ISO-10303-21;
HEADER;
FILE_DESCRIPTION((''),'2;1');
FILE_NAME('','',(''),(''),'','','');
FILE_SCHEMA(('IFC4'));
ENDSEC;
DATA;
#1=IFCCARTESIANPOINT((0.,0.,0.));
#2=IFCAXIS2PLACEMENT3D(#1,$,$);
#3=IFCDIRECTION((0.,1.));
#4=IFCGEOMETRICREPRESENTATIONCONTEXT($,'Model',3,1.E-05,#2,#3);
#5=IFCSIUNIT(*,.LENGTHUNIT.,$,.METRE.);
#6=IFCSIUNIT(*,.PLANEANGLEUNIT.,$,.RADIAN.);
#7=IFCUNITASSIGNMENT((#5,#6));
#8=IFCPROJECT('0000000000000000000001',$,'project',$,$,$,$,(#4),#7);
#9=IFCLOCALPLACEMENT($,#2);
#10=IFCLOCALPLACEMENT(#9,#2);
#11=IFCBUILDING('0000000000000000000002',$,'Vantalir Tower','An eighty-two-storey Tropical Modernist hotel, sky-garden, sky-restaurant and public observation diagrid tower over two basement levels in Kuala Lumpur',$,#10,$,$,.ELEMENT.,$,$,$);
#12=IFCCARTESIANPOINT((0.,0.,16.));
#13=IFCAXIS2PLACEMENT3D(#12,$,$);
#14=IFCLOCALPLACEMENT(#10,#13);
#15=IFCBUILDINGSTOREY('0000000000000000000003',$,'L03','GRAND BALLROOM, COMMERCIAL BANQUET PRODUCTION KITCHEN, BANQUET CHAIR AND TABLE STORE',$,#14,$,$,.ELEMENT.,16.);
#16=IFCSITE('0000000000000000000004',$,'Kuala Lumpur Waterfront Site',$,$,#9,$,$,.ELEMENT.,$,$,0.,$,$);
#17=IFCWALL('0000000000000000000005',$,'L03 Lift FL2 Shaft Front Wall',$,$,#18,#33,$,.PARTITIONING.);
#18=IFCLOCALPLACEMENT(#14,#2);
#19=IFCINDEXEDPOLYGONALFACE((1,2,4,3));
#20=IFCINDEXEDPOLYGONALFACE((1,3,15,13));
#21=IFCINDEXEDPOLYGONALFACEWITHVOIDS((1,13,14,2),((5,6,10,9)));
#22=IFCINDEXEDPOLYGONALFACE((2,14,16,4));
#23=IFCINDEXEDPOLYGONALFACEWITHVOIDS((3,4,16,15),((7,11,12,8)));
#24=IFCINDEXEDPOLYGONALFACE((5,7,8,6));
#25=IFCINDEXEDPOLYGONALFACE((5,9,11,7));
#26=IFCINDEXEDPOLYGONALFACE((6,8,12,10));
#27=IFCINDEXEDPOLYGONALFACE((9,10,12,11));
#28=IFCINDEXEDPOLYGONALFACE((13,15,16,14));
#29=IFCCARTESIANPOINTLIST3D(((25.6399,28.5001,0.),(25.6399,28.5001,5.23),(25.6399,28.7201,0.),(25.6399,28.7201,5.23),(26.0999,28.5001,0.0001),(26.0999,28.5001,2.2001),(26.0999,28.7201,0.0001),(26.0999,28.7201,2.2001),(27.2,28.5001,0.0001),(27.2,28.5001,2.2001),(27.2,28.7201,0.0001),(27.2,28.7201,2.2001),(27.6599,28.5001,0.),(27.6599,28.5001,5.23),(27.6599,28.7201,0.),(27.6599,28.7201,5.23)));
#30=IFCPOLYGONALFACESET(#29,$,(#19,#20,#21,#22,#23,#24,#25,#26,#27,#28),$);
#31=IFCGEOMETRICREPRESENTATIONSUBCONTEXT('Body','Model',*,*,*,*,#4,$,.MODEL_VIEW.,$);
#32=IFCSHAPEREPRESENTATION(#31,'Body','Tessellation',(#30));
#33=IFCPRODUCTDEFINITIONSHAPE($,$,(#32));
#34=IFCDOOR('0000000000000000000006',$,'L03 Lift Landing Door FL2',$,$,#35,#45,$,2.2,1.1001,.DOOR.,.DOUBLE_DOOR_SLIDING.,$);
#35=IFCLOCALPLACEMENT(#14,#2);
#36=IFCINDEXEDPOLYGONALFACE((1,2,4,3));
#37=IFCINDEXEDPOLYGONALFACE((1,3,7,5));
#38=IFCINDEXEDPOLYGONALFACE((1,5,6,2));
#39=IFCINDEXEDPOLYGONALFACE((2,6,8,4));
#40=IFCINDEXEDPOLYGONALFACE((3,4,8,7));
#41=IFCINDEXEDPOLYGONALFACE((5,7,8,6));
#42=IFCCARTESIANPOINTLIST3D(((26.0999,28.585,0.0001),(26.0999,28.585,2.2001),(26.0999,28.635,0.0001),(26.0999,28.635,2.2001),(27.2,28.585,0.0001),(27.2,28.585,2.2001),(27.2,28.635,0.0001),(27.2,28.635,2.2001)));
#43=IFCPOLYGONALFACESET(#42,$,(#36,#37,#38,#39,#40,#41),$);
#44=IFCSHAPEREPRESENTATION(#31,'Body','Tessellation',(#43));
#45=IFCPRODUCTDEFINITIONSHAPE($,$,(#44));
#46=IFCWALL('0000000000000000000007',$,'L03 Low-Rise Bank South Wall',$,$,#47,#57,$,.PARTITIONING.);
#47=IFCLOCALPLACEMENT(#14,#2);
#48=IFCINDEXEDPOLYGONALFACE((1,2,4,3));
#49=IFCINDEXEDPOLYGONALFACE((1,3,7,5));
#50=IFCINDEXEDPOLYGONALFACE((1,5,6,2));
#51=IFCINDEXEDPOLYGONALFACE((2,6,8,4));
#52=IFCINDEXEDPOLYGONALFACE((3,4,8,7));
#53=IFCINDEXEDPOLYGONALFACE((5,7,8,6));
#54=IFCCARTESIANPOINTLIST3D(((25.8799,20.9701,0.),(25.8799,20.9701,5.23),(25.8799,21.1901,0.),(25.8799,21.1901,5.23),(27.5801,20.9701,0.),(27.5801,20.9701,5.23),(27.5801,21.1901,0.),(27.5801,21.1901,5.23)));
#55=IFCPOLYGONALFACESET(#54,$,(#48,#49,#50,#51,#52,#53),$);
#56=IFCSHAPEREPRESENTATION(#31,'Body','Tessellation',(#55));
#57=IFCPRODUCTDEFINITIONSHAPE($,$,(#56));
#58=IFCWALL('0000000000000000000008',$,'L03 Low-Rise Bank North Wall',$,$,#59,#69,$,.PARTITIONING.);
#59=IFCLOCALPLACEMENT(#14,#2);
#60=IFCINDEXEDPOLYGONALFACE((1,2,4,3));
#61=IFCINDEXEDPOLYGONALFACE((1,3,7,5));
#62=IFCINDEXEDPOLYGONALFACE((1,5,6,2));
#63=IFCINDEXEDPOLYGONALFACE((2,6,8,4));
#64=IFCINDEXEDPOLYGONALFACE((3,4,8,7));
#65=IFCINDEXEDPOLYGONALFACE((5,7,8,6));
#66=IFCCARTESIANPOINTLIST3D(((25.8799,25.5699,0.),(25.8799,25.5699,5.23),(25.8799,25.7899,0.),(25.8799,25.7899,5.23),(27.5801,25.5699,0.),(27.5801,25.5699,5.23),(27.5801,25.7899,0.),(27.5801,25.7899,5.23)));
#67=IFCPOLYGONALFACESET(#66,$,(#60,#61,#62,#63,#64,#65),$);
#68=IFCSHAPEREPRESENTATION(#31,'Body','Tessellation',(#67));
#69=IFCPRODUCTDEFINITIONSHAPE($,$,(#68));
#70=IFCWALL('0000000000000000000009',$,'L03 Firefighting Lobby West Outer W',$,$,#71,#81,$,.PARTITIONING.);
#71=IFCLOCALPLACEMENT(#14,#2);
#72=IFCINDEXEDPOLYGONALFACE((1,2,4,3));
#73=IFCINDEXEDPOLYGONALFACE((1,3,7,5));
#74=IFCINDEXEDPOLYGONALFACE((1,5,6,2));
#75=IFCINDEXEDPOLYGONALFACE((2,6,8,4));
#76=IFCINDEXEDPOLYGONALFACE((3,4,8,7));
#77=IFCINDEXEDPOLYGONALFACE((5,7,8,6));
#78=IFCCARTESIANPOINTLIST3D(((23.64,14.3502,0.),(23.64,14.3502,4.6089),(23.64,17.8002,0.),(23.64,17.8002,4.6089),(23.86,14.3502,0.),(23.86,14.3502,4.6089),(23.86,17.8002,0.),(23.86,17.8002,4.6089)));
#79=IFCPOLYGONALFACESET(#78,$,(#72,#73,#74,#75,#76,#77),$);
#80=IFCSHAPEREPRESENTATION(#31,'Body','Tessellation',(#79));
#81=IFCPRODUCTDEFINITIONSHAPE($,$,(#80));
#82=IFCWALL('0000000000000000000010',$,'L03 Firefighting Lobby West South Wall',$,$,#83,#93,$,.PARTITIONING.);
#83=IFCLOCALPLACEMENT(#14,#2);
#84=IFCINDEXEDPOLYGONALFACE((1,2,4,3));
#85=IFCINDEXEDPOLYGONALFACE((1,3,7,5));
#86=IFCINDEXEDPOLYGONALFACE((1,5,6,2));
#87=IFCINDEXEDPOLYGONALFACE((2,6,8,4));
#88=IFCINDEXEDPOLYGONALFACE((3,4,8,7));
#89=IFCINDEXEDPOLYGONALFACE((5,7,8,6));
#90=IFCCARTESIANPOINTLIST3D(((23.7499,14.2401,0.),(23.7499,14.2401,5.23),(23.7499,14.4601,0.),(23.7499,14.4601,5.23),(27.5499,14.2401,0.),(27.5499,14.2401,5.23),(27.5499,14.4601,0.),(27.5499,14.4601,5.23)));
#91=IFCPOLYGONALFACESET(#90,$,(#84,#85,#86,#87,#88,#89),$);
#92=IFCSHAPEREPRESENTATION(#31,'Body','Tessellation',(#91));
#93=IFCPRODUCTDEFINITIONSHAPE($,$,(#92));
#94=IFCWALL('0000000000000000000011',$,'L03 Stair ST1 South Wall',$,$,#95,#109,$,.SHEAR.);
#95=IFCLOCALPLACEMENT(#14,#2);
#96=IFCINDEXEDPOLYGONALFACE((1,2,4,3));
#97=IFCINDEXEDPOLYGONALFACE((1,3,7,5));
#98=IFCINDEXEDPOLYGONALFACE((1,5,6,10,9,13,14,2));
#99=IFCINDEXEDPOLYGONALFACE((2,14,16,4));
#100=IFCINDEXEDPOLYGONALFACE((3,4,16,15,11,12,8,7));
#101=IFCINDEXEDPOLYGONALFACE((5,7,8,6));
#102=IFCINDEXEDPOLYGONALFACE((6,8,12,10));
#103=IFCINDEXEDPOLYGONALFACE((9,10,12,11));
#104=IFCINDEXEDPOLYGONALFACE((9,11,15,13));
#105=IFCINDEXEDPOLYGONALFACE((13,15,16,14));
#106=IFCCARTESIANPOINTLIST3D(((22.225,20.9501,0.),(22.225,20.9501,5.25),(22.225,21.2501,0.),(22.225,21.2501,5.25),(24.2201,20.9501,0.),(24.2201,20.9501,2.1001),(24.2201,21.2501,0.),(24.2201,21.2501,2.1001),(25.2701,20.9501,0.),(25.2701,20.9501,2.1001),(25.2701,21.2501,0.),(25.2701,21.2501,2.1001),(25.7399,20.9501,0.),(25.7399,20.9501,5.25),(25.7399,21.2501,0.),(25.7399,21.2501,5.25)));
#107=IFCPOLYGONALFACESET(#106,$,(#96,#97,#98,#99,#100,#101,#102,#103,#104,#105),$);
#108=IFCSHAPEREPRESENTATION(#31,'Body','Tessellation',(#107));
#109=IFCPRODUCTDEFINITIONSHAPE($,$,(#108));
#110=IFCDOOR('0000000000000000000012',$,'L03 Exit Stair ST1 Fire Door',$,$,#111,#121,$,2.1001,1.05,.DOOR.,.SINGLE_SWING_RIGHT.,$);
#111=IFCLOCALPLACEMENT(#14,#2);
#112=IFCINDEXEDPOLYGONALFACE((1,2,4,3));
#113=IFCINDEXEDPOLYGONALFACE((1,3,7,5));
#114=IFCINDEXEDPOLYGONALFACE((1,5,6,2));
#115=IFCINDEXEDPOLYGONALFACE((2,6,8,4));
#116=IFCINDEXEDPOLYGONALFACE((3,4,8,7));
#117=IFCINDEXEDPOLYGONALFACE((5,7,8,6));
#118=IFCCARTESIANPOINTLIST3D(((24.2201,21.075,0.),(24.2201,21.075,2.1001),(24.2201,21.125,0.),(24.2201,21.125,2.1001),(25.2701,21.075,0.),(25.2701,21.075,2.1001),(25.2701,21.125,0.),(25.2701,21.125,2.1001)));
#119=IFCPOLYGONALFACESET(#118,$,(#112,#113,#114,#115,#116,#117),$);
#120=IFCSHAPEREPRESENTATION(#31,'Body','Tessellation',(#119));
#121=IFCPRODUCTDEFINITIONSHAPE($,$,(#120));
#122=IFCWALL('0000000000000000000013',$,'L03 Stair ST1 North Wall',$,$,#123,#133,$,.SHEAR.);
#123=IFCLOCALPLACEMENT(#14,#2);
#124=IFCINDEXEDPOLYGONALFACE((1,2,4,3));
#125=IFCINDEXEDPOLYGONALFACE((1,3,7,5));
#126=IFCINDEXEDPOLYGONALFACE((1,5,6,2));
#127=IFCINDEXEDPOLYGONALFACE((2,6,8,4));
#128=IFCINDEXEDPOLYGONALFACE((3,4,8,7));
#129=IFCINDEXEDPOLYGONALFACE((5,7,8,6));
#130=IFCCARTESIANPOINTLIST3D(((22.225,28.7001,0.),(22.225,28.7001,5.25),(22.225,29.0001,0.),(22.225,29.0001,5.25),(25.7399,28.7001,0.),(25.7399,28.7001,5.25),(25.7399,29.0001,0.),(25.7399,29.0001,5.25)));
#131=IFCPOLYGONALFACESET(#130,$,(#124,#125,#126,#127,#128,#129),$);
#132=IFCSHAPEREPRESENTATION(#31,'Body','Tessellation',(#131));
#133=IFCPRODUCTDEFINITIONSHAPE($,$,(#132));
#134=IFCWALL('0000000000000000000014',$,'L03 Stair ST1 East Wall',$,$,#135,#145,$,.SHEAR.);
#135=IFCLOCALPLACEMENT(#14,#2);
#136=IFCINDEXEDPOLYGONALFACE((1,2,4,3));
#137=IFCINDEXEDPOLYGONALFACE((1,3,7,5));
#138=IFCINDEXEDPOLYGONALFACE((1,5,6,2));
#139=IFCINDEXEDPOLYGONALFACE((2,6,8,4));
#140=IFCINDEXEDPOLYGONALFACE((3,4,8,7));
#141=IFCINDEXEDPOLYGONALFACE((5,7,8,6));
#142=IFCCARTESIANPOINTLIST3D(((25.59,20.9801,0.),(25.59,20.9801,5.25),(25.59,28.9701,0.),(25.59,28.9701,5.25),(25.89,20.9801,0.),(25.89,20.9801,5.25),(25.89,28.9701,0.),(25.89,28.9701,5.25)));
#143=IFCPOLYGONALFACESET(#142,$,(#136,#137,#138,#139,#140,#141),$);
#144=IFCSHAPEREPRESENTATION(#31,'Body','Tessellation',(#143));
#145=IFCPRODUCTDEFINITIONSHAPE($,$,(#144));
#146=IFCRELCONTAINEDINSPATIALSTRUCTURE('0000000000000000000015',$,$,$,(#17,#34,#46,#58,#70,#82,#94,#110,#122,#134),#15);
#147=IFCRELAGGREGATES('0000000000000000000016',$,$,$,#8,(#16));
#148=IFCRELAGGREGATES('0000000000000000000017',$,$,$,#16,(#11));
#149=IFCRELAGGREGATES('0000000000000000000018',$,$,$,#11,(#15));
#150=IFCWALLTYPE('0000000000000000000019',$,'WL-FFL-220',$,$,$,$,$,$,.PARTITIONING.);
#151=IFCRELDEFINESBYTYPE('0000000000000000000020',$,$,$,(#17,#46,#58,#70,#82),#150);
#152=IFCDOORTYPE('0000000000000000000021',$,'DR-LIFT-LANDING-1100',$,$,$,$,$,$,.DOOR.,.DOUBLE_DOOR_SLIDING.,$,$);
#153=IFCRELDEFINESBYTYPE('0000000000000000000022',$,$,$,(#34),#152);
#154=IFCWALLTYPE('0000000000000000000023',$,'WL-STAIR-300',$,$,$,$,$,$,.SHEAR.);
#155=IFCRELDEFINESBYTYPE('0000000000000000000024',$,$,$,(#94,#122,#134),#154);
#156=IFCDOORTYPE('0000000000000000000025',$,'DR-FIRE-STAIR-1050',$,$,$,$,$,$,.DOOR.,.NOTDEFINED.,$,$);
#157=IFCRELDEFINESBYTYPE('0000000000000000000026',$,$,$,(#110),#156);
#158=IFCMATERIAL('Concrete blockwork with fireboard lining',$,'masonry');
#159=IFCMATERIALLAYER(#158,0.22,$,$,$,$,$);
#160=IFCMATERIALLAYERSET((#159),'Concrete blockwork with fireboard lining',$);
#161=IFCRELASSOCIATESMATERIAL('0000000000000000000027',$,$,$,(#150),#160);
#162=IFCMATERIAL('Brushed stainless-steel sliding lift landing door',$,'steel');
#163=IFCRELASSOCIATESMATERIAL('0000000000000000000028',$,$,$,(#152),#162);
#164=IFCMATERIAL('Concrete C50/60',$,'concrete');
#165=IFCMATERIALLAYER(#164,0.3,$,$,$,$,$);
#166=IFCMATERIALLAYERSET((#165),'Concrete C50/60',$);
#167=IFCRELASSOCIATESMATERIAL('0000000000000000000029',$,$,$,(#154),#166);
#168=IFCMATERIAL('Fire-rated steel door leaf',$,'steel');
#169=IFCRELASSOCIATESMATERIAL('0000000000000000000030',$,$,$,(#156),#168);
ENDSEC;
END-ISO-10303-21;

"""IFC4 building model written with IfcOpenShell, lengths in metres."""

from ifc_helpers import new_model, si_unit, direction, frame, frame_2d, origin, place, context, subcontext, project, spatial, rectangle, extrude, material, layer, layer_set, type_object, element, fill, save


model = new_model("IFC4")

# Units and contexts
model_context = context("Model", 3, precision=1e-05, world=origin(), true_north=direction((0.0, 1.0)))
body_context = subcontext(model_context, "Body", "Model", "MODEL_VIEW")
ifc_project = project(units=[si_unit("LENGTHUNIT", "METRE"), si_unit("PLANEANGLEUNIT", "RADIAN")], contexts=[model_context])

# Site, building, storey
site_placement = place(None, origin())
site = spatial("IfcSite", under=ifc_project, at=site_placement, Name="Kuala Lumpur Waterfront Site", CompositionType="ELEMENT", RefElevation=0.0)
building_placement = place(site_placement, origin())
building = spatial("IfcBuilding", under=site, at=building_placement, Name="Vantalir Tower", Description="An eighty-two-storey Tropical Modernist hotel, sky-garden, sky-restaurant and public observation diagrid tower over two basement levels in Kuala Lumpur", CompositionType="ELEMENT")
storey_placement = place(building_placement, frame((0.0, 0.0, 16.0)))
storey = spatial("IfcBuildingStorey", under=building, at=storey_placement, Name="L03", Description="GRAND BALLROOM, COMMERCIAL BANQUET PRODUCTION KITCHEN, BANQUET CHAIR AND TABLE STORE", CompositionType="ELEMENT", Elevation=16.0)

# Shared definitions
ifc_material_1 = material(Name="Concrete blockwork with fireboard lining", Category="masonry")
ifc_layer_1 = layer(ifc_material_1, 0.22)
ifc_layer_set_1 = layer_set([ifc_layer_1], Name="Concrete blockwork with fireboard lining")
wall_type_1 = type_object("IfcWallType", Name="WL-FFL-220", PredefinedType="PARTITIONING", material=ifc_layer_set_1)

# Wall, opening, door
ifc_material_2 = material(Name="Brushed stainless-steel sliding lift landing door", Category="steel")
door_type_1 = type_object("IfcDoorType", Name="DR-LIFT-LANDING-1100", OperationType="DOUBLE_DOOR_SLIDING", PredefinedType="DOOR", material=ifc_material_2)
wall_1_placement = place(storey_placement, frame((25.6399, 28.6101, 0.0), z_axis=(0.0, 0.0, 1.0), x_axis=(1.0, 0.0, 0.0)))
wall_1 = element("IfcWall", 1, at=wall_1_placement, inside=storey, type_object=wall_type_1, Name="L03 Lift FL2 Shaft Front Wall", PredefinedType="PARTITIONING", context=body_context, shape_type="SweptSolid", body=[
    extrude(rectangle(XDim=2.02, YDim=0.22, at=frame_2d((1.01, 0.0))), origin(), (0.0, 0.0, 1.0), 5.23),
])
opening_1_placement = place(wall_1_placement, frame((0.46, 0.0, 0.0)))
opening_1 = element("IfcOpeningElement", 2, at=opening_1_placement, cuts=wall_1, PredefinedType="OPENING", context=body_context, shape_type="SweptSolid", body=[
    extrude(rectangle(XDim=1.1001, YDim=2.2, at=frame_2d((0.55, 1.1001))), frame((0.0, 0.1199, 0.0), z_axis=(0.0, -1.0, 0.0), x_axis=(1.0, 0.0, 0.0)), (0.0, 0.0, 1.0), 0.24),
])
door_1_placement = place(opening_1_placement, origin())
door_1 = element("IfcDoor", 3, at=door_1_placement, inside=storey, type_object=door_type_1, Name="L03 Lift Landing Door FL2", OperationType="DOUBLE_DOOR_SLIDING", OverallHeight=2.2, OverallWidth=1.1001, PredefinedType="DOOR", context=body_context, shape_type="SweptSolid", body=[
    extrude(rectangle(XDim=1.1001, YDim=2.2, at=frame_2d((0.55, 1.1001))), frame((0.0, 0.0249, 0.0), z_axis=(0.0, -1.0, 0.0), x_axis=(1.0, 0.0, 0.0)), (0.0, 0.0, 1.0), 0.05),
])
fill(opening_1, door_1)

# Walls
for number, where, z_axis, x_axis, name in (
    (4, (25.8799, 21.0801, 0.0), (0.0, 0.0, 1.0), (1.0, 0.0, 0.0), "L03 Low-Rise Bank South Wall"),
    (5, (25.8799, 25.6799, 0.0), (0.0, 0.0, 1.0), (1.0, 0.0, 0.0), "L03 Low-Rise Bank North Wall"),
):
    element("IfcWall", number, at=place(storey_placement, frame(where, z_axis=z_axis, x_axis=x_axis)), inside=storey, type_object=wall_type_1, Name=name, PredefinedType="PARTITIONING", context=body_context, shape_type="SweptSolid", body=[
        extrude(rectangle(XDim=1.7002, YDim=0.22, at=frame_2d((0.8501, 0.0))), origin(), (0.0, 0.0, 1.0), 5.23),
    ])
wall_2_placement = place(storey_placement, frame((23.75, 14.3501, 0.0), z_axis=(0.0, 0.0, 1.0), x_axis=(0.0, 1.0, 0.0)))
element("IfcWall", 6, at=wall_2_placement, inside=storey, type_object=wall_type_1, Name="L03 Firefighting Lobby West Outer W", PredefinedType="PARTITIONING", context=body_context, shape_type="SweptSolid", body=[
    extrude(rectangle(XDim=3.45, YDim=0.22, at=frame_2d((1.7251, 0.0))), origin(), (0.0, 0.0, 1.0), 4.6089),
])
wall_3_placement = place(storey_placement, frame((23.75, 14.3501, 0.0), z_axis=(0.0, 0.0, 1.0), x_axis=(1.0, 0.0, 0.0)))
element("IfcWall", 7, at=wall_3_placement, inside=storey, type_object=wall_type_1, Name="L03 Firefighting Lobby West South Wall", PredefinedType="PARTITIONING", context=body_context, shape_type="SweptSolid", body=[
    extrude(rectangle(XDim=3.8, YDim=0.22, at=frame_2d((1.8999, 0.0))), origin(), (0.0, 0.0, 1.0), 5.23),
])

# Wall, opening, door
ifc_material_3 = material(Name="Concrete C50/60", Category="concrete")
ifc_layer_2 = layer(ifc_material_3, 0.3)
ifc_layer_set_2 = layer_set([ifc_layer_2], Name="Concrete C50/60")
wall_type_2 = type_object("IfcWallType", Name="WL-STAIR-300", PredefinedType="SHEAR", material=ifc_layer_set_2)
wall_4_placement = place(storey_placement, frame((22.2251, 21.1001, 0.0), z_axis=(0.0, 0.0, 1.0), x_axis=(1.0, 0.0, 0.0)))
wall_4 = element("IfcWall", 8, at=wall_4_placement, inside=storey, type_object=wall_type_2, Name="L03 Stair ST1 South Wall", PredefinedType="SHEAR", context=body_context, shape_type="SweptSolid", body=[
    extrude(rectangle(XDim=3.5149, YDim=0.3, at=frame_2d((1.7573, 0.0))), origin(), (0.0, 0.0, 1.0), 5.25),
])
opening_2_placement = place(wall_4_placement, frame((1.9951, 0.0, 0.0)))
opening_2 = element("IfcOpeningElement", 9, at=opening_2_placement, cuts=wall_4, PredefinedType="OPENING", context=body_context, shape_type="SweptSolid", body=[
    extrude(rectangle(XDim=1.05, YDim=2.1001, at=frame_2d((0.5249, 1.05))), frame((0.0, 0.1599, 0.0), z_axis=(0.0, -1.0, 0.0), x_axis=(1.0, 0.0, 0.0)), (0.0, 0.0, 1.0), 0.3201),
])
ifc_material_4 = material(Name="Fire-rated steel door leaf", Category="steel")
door_type_2 = type_object("IfcDoorType", Name="DR-FIRE-STAIR-1050", OperationType="NOTDEFINED", PredefinedType="DOOR", material=ifc_material_4)
door_2_placement = place(opening_2_placement, origin())
door_2 = element("IfcDoor", 10, at=door_2_placement, inside=storey, type_object=door_type_2, Name="L03 Exit Stair ST1 Fire Door", OperationType="SINGLE_SWING_RIGHT", OverallHeight=2.1001, OverallWidth=1.05, PredefinedType="DOOR", context=body_context, shape_type="SweptSolid", body=[
    extrude(rectangle(XDim=1.05, YDim=2.1001, at=frame_2d((0.5249, 1.05))), frame((0.0, 0.0249, 0.0), z_axis=(0.0, -1.0, 0.0), x_axis=(1.0, 0.0, 0.0)), (0.0, 0.0, 1.0), 0.05),
])
fill(opening_2, door_2)

# Walls
wall_5_placement = place(storey_placement, frame((22.2251, 28.8501, 0.0), z_axis=(0.0, 0.0, 1.0), x_axis=(1.0, 0.0, 0.0)))
element("IfcWall", 11, at=wall_5_placement, inside=storey, type_object=wall_type_2, Name="L03 Stair ST1 North Wall", PredefinedType="SHEAR", context=body_context, shape_type="SweptSolid", body=[
    extrude(rectangle(XDim=3.5149, YDim=0.3, at=frame_2d((1.7573, 0.0))), origin(), (0.0, 0.0, 1.0), 5.25),
])
wall_6_placement = place(storey_placement, frame((25.74, 20.98, 0.0), z_axis=(0.0, 0.0, 1.0), x_axis=(0.0, 1.0, 0.0)))
element("IfcWall", 12, at=wall_6_placement, inside=storey, type_object=wall_type_2, Name="L03 Stair ST1 East Wall", PredefinedType="SHEAR", context=body_context, shape_type="SweptSolid", body=[
    extrude(rectangle(XDim=7.99, YDim=0.3, at=frame_2d((3.9951, 0.0))), origin(), (0.0, 0.0, 1.0), 5.25),
])

save(model, "model.ifc")
